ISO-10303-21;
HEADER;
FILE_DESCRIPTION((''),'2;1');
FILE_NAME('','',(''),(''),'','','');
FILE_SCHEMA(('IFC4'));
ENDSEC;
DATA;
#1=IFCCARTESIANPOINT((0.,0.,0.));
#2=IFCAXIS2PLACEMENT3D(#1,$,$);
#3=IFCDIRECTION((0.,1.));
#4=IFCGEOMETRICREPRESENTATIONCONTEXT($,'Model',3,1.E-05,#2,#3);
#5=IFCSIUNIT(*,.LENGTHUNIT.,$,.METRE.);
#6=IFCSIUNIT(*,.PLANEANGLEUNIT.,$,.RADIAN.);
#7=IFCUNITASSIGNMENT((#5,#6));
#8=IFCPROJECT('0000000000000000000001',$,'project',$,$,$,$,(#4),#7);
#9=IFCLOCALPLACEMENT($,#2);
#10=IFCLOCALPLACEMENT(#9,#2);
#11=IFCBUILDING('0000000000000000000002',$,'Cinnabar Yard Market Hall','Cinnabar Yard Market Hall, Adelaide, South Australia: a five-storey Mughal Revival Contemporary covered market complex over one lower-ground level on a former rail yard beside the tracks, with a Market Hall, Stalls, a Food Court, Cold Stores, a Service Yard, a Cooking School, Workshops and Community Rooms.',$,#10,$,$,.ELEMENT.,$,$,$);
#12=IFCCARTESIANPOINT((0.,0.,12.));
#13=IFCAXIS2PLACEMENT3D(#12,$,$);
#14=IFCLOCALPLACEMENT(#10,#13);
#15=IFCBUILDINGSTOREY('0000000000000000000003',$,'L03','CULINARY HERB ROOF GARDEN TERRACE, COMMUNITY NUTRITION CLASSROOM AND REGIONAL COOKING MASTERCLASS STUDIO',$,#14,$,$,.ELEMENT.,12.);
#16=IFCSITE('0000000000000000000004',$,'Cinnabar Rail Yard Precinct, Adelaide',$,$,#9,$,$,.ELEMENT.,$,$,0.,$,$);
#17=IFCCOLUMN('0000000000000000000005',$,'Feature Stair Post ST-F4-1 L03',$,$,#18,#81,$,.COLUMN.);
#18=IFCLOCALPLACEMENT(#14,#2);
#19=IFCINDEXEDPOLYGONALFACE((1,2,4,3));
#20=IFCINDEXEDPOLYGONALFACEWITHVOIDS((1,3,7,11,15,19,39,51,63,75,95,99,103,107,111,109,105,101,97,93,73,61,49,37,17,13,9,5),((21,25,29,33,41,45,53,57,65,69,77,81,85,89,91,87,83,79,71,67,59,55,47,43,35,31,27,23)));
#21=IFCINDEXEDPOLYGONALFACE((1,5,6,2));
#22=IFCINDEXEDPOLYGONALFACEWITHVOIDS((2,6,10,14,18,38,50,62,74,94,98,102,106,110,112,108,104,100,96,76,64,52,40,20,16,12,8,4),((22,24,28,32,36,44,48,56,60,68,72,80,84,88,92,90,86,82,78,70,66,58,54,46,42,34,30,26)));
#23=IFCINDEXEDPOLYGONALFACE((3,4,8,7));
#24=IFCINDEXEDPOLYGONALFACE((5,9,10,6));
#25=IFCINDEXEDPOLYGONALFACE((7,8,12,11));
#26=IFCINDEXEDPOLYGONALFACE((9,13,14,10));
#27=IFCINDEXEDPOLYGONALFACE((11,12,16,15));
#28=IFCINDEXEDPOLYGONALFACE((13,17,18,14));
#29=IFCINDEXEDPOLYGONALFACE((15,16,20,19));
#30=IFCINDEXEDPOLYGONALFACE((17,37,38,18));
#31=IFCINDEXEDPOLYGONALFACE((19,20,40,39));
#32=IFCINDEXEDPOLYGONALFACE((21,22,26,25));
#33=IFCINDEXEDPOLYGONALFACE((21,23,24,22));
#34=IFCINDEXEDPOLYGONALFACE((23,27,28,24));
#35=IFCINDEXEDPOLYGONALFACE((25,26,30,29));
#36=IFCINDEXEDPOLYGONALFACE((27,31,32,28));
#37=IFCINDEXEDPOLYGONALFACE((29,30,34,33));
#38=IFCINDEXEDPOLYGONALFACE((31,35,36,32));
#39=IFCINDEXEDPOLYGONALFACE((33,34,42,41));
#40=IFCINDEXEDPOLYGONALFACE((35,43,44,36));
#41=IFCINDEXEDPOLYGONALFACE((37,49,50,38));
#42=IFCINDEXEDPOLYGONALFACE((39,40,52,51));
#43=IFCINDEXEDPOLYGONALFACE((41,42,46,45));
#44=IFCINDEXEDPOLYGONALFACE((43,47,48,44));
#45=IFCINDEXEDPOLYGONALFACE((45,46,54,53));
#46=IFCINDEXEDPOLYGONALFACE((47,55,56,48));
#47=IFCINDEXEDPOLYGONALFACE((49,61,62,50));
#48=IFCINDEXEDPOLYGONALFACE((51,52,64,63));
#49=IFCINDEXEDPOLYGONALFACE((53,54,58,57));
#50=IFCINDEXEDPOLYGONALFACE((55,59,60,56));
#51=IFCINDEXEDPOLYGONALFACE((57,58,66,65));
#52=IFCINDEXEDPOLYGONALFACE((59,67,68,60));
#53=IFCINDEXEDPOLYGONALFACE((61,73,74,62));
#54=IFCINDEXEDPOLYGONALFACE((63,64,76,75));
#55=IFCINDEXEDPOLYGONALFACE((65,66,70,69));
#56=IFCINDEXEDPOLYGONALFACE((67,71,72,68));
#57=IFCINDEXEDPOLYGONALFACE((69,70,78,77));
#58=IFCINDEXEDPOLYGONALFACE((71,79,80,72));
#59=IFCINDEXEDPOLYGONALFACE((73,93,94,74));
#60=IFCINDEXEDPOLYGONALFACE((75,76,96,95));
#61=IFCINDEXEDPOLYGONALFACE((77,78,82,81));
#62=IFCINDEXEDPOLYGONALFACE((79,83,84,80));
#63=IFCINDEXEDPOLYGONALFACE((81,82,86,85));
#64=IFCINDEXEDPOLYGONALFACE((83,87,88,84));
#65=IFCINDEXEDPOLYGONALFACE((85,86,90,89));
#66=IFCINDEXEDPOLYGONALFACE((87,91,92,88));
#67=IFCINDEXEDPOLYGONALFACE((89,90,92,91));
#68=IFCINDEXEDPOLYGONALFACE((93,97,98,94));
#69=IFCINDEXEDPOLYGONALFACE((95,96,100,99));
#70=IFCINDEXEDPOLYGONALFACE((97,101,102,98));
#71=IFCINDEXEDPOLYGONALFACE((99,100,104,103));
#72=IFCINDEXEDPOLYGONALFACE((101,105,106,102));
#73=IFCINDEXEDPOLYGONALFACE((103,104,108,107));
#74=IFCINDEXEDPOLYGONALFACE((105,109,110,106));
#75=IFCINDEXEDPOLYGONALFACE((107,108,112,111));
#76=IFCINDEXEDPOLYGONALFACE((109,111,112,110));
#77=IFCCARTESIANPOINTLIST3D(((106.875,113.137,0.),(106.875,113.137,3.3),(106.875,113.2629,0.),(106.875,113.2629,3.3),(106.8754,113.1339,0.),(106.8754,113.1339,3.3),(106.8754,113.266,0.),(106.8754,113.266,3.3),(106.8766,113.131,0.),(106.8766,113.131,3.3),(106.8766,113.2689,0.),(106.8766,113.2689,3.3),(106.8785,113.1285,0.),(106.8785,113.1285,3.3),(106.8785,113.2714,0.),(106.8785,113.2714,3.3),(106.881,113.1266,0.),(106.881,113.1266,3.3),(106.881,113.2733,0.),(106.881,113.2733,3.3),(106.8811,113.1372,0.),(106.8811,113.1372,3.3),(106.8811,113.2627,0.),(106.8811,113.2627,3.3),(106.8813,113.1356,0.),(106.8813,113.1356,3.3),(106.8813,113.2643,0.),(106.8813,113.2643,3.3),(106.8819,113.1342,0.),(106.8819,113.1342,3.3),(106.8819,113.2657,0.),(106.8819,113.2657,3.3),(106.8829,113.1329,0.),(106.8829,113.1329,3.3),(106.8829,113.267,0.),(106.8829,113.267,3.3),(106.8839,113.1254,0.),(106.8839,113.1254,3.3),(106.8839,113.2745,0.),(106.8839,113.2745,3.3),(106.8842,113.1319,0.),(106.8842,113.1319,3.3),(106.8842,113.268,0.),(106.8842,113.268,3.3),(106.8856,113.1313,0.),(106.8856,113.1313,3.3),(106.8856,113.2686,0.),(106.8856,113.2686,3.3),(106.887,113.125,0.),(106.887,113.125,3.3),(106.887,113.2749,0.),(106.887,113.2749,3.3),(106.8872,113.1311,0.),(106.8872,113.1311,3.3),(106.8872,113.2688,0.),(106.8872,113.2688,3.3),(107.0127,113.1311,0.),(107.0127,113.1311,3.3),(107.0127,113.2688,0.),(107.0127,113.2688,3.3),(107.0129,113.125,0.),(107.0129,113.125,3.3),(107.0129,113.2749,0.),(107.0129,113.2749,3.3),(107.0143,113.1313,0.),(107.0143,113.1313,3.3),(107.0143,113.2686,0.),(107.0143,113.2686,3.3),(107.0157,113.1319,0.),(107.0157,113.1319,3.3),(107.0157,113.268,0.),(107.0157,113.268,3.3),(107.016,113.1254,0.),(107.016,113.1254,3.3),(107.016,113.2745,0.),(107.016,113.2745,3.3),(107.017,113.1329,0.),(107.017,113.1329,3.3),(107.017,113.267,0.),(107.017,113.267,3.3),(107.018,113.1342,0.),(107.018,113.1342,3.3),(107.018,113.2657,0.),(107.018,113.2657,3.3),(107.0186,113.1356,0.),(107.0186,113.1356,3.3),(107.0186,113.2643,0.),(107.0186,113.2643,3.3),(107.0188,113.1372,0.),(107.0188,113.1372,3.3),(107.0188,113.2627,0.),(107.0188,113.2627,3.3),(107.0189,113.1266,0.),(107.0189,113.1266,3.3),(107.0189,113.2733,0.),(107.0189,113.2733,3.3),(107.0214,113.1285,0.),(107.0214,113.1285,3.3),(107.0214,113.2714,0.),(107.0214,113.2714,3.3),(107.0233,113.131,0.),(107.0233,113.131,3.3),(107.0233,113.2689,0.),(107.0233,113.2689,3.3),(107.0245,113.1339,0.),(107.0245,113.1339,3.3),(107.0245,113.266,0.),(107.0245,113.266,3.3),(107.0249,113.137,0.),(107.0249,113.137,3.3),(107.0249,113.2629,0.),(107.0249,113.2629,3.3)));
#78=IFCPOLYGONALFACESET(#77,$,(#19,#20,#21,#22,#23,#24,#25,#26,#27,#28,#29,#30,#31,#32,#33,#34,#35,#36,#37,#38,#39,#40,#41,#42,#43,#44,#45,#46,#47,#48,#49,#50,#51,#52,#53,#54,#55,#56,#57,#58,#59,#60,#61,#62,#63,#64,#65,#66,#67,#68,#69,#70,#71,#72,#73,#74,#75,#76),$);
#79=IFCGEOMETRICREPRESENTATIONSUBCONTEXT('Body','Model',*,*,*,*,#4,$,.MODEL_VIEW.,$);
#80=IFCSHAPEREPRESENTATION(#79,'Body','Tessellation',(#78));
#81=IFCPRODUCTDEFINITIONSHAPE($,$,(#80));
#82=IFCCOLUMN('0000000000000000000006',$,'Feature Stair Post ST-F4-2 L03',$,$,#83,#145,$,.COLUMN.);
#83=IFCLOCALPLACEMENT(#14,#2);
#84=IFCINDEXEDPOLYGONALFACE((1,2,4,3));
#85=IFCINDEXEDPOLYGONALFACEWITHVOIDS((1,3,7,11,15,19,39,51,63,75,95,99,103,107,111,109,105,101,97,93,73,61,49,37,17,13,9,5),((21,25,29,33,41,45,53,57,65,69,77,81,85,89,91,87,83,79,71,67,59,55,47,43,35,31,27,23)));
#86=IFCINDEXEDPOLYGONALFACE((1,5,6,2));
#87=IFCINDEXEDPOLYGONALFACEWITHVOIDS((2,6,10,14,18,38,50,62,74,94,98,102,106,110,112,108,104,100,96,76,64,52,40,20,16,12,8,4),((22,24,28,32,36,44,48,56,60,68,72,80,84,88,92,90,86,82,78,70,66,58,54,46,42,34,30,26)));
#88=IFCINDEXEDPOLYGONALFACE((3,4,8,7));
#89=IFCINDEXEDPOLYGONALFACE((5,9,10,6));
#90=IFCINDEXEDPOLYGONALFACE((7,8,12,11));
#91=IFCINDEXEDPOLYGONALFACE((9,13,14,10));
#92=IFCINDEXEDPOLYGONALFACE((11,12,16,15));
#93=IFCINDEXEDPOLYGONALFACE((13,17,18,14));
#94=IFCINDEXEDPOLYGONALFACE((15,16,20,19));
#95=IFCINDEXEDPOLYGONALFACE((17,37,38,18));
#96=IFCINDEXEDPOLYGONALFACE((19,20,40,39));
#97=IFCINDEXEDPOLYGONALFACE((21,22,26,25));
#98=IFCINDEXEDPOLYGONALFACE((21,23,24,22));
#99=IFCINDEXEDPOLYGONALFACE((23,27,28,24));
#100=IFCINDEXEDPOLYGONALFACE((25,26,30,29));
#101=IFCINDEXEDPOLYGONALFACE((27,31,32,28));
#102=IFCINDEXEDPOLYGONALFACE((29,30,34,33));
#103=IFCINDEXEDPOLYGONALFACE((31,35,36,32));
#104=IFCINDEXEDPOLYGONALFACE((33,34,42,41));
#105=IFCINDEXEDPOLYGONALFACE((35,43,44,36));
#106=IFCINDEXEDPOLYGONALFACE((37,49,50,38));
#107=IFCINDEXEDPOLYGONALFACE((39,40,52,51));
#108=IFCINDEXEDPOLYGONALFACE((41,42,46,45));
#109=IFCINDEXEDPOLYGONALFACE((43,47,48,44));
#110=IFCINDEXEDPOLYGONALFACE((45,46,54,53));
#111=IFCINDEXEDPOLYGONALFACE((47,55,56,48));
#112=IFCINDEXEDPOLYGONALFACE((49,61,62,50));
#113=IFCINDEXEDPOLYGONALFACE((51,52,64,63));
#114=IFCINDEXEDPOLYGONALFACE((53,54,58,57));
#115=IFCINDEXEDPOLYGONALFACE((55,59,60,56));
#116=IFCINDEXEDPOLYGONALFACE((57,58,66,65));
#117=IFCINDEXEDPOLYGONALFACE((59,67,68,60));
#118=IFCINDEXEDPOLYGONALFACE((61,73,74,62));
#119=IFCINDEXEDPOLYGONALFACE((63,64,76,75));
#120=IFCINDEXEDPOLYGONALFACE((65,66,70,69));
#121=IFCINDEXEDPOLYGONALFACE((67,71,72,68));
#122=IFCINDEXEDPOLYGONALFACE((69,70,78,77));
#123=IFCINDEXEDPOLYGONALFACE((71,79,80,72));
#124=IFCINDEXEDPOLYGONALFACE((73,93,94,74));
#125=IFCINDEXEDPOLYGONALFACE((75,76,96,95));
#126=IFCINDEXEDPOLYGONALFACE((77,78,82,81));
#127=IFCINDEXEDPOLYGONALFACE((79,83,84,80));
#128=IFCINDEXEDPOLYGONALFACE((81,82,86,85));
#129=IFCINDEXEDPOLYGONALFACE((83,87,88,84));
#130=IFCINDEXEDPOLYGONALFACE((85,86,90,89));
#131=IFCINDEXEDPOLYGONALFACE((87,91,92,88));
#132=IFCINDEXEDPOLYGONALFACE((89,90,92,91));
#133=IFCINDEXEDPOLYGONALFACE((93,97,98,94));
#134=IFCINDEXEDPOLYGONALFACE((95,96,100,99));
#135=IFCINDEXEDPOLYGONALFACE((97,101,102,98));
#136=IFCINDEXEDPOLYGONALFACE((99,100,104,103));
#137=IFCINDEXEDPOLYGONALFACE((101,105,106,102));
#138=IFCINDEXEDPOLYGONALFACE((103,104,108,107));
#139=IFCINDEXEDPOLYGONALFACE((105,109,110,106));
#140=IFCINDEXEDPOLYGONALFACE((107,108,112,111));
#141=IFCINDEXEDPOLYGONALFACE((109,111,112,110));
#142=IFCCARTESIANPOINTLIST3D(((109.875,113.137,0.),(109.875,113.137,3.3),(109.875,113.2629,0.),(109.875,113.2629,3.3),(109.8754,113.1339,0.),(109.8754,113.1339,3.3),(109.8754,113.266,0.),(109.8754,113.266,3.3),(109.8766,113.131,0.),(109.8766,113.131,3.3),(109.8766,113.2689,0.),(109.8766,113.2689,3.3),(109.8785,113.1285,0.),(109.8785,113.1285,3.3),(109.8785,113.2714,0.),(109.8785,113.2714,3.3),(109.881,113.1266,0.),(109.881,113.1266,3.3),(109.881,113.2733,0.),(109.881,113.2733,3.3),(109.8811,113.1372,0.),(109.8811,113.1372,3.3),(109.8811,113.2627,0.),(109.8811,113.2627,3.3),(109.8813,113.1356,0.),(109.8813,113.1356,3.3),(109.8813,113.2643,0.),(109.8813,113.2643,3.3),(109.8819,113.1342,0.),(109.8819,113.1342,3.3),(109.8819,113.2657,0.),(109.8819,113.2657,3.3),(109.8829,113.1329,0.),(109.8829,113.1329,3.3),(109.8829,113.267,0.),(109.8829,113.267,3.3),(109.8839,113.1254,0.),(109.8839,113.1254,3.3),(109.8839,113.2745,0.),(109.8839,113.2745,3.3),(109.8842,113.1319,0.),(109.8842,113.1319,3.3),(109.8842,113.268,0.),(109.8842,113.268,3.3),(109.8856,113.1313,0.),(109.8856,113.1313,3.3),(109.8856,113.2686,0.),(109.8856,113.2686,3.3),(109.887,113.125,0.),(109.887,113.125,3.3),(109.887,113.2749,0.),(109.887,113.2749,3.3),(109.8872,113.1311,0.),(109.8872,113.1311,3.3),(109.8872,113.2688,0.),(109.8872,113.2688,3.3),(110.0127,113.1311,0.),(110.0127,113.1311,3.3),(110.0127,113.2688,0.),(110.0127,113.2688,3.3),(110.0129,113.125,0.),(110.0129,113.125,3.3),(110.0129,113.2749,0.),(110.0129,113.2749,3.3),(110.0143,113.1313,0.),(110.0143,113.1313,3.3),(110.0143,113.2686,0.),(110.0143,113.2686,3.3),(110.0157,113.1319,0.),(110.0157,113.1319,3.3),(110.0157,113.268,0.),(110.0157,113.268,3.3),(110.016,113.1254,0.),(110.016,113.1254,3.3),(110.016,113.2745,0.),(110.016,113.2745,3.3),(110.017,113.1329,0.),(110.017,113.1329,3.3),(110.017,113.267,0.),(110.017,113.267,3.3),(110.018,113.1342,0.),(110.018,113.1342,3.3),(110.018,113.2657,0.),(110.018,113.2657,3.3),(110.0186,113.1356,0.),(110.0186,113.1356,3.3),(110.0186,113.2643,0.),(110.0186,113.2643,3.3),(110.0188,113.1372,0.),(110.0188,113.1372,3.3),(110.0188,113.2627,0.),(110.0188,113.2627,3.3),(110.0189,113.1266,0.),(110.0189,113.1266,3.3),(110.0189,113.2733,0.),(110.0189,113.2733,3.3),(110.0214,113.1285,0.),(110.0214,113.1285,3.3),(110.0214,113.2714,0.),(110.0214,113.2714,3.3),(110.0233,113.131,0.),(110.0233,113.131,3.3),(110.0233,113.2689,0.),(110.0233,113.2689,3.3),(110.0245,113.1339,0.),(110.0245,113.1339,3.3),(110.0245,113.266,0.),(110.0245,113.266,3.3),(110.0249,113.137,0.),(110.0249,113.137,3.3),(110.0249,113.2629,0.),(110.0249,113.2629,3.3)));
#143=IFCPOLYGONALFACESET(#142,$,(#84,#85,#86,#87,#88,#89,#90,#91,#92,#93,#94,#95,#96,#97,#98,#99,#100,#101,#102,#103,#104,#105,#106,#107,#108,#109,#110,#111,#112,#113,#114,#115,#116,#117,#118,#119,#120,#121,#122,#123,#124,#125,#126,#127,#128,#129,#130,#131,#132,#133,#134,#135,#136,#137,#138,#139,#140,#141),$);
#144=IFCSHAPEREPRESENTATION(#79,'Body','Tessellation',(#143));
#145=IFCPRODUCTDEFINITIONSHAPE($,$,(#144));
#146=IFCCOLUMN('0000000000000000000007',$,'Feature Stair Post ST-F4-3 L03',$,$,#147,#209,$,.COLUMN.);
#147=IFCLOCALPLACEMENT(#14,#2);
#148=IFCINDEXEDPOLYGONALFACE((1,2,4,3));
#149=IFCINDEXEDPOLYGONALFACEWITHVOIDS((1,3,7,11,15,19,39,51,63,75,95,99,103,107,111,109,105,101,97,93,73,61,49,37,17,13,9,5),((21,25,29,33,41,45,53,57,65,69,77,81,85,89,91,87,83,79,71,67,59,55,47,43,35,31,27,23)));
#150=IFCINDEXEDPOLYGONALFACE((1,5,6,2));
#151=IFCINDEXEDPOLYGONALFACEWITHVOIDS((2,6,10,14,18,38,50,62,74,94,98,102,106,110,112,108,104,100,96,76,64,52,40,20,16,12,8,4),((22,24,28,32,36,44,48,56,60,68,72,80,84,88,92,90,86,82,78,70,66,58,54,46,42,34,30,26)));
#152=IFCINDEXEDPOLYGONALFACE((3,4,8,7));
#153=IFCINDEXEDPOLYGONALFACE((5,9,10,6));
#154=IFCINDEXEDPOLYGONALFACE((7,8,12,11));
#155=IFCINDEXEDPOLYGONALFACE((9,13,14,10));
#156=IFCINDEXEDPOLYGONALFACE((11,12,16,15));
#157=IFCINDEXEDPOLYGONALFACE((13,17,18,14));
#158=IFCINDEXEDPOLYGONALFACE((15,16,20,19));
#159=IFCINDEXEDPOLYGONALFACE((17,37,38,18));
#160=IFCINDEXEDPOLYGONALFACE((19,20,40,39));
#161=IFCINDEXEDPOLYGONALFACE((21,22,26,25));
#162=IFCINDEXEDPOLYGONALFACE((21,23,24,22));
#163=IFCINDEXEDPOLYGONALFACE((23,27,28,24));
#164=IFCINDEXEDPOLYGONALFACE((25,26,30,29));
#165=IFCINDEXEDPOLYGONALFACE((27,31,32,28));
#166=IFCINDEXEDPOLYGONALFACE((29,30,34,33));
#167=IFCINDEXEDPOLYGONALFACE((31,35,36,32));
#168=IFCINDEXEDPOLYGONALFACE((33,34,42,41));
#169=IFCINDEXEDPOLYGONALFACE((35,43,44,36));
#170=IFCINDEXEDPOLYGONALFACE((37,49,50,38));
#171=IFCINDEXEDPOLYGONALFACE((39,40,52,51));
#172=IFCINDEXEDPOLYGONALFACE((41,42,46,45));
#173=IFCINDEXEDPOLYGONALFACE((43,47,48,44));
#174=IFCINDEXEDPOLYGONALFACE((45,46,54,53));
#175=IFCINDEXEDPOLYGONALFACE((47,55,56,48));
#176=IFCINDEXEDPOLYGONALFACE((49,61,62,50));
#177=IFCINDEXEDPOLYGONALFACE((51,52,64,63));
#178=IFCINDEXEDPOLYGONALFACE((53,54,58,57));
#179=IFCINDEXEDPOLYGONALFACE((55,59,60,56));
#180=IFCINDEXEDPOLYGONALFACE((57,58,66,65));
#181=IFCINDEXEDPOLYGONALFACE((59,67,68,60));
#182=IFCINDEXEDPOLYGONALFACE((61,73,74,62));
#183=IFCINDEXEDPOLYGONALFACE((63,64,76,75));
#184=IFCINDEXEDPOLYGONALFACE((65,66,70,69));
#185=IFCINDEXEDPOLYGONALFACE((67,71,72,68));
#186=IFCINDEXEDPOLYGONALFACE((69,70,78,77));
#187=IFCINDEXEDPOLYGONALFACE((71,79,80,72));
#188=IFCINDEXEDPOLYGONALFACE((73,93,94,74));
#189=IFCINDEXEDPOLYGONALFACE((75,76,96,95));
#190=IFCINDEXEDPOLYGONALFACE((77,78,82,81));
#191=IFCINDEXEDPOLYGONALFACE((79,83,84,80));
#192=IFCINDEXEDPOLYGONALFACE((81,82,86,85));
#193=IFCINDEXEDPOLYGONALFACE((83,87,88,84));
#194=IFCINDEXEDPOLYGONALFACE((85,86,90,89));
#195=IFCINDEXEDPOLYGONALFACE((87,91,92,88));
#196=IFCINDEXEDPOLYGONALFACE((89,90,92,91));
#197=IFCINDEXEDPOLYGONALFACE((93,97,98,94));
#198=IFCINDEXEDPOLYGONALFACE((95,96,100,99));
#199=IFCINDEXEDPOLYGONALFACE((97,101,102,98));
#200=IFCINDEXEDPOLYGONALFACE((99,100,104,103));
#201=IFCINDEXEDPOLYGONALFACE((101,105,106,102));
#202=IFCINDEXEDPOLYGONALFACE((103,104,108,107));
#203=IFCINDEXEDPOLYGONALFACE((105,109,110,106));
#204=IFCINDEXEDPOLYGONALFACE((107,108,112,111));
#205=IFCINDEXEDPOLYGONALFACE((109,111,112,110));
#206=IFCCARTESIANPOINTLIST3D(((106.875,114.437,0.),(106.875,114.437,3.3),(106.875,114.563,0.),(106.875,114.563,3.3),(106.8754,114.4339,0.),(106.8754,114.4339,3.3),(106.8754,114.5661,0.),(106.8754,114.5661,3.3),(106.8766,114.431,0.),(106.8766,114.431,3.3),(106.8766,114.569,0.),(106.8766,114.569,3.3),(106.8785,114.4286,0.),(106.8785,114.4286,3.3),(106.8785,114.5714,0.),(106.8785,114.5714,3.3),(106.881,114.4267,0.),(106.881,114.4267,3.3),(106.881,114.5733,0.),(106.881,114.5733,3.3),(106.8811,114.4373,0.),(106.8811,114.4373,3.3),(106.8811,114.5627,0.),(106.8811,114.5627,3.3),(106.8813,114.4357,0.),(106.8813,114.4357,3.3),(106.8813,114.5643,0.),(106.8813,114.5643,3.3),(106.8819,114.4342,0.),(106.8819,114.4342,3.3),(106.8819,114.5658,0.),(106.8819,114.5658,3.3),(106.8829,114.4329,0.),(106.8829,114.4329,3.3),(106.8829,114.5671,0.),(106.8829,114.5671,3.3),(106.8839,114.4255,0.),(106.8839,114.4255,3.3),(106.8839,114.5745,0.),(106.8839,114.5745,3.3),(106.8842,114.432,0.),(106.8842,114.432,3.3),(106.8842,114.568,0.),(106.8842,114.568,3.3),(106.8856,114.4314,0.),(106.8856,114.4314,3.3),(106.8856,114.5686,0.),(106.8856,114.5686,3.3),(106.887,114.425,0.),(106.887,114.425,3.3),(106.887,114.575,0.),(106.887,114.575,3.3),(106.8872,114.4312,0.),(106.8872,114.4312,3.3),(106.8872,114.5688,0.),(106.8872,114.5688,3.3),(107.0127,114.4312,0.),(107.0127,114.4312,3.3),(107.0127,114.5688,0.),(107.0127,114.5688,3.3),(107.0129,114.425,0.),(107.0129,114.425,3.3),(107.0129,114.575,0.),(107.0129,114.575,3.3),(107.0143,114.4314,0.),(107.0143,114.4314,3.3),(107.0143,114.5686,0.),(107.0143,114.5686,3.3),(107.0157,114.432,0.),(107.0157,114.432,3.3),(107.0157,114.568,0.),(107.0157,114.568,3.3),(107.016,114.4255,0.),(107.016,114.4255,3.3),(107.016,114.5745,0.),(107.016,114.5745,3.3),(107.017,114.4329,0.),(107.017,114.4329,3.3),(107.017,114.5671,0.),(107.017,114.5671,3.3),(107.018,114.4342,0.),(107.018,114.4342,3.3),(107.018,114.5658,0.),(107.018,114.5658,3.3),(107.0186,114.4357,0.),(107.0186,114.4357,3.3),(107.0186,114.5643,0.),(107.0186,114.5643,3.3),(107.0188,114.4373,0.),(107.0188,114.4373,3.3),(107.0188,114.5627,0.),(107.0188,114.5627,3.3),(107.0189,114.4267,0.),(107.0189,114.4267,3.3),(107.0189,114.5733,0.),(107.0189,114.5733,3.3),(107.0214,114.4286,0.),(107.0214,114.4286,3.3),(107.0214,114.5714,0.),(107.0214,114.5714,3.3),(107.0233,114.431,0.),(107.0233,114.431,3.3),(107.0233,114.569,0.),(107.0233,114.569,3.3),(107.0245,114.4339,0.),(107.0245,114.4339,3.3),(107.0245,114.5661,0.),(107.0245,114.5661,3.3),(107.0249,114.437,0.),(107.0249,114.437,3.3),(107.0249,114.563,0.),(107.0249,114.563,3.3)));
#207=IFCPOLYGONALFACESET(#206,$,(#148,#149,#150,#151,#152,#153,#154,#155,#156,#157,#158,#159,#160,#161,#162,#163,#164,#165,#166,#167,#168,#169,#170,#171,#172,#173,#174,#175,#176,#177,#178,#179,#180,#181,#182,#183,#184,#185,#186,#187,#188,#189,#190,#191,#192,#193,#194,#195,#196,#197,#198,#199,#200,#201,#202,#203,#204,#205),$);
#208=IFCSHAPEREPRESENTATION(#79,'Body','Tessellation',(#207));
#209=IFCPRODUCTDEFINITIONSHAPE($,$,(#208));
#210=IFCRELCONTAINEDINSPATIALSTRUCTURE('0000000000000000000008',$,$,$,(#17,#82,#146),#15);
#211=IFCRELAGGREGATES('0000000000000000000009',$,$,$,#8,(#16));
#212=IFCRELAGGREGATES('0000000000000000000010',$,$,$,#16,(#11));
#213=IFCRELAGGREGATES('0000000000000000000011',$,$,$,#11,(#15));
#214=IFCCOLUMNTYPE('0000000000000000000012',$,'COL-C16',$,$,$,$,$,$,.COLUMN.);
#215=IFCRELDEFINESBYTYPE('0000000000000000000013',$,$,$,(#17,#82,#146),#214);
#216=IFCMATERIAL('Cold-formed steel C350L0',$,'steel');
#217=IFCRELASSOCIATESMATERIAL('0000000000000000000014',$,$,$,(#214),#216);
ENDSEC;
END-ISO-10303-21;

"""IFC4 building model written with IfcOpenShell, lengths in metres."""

from ifc_helpers import new_model, si_unit, direction, frame, origin, origin_2d_with_axis, place, context, subcontext, project, spatial, hollow_rectangle, extrude, material, material_profile, profile_set, type_object, element, save


model = new_model("IFC4")

# Units and contexts
model_context = context("Model", 3, precision=1e-05, world=origin(), true_north=direction((0.0, 1.0)))
body_context = subcontext(model_context, "Body", "Model", "MODEL_VIEW")
ifc_project = project(units=[si_unit("LENGTHUNIT", "METRE"), si_unit("PLANEANGLEUNIT", "RADIAN")], contexts=[model_context])

# Site, building, storey
site_placement = place(None, origin())
site = spatial("IfcSite", under=ifc_project, at=site_placement, Name="Cinnabar Rail Yard Precinct, Adelaide", CompositionType="ELEMENT", RefElevation=0.0)
building_placement = place(site_placement, origin())
building = spatial("IfcBuilding", under=site, at=building_placement, Name="Cinnabar Yard Market Hall", Description="Cinnabar Yard Market Hall, Adelaide, South Australia: a five-storey Mughal Revival Contemporary covered market complex over one lower-ground level on a former rail yard beside the tracks, with a Market Hall, Stalls, a Food Court, Cold Stores, a Service Yard, a Cooking School, Workshops and Community Rooms.", CompositionType="ELEMENT")
storey_placement = place(building_placement, frame((0.0, 0.0, 12.0)))
storey = spatial("IfcBuildingStorey", under=building, at=storey_placement, Name="L03", Description="CULINARY HERB ROOF GARDEN TERRACE, COMMUNITY NUTRITION CLASSROOM AND REGIONAL COOKING MASTERCLASS STUDIO", CompositionType="ELEMENT", Elevation=12.0)

# Columns
ifc_material_1 = material(Name="Cold-formed steel C350L0", Category="steel")
ifc_material_profile_1 = material_profile(ifc_material_1, hollow_rectangle(XDim=0.1499, YDim=0.1499, WallThickness=0.0061, InnerFilletRadius=0.0061, OuterFilletRadius=0.012, at=origin_2d_with_axis()), Name="150x150x6.0SHS")
ifc_profile_set_1 = profile_set([ifc_material_profile_1], Name="Cold-formed steel C350L0")
column_type = type_object("IfcColumnType", Name="COL-C16", PredefinedType="COLUMN", material=ifc_profile_set_1)
for number, where, z_axis, x_axis, name in (
    (1, (106.95, 113.2, 0.0), (0.0, 0.0, 1.0), (1.0, 0.0, 0.0), "Feature Stair Post ST-F4-1 L03"),
    (2, (109.95, 113.2, 0.0), (0.0, 0.0, 1.0), (1.0, 0.0, 0.0), "Feature Stair Post ST-F4-2 L03"),
    (3, (106.95, 114.5, 0.0), (0.0, 0.0, 1.0), (1.0, 0.0, 0.0), "Feature Stair Post ST-F4-3 L03"),
):
    element("IfcColumn", number, at=place(storey_placement, frame(where, z_axis=z_axis, x_axis=x_axis)), inside=storey, type_object=column_type, Name=name, PredefinedType="COLUMN", context=body_context, shape_type="SweptSolid", body=[
        extrude(hollow_rectangle(XDim=0.1499, YDim=0.1499, WallThickness=0.0061, InnerFilletRadius=0.0061, OuterFilletRadius=0.012, at=origin_2d_with_axis()), origin(), (0.0, 0.0, 1.0), 3.3),
    ])

save(model, "model.ifc")
